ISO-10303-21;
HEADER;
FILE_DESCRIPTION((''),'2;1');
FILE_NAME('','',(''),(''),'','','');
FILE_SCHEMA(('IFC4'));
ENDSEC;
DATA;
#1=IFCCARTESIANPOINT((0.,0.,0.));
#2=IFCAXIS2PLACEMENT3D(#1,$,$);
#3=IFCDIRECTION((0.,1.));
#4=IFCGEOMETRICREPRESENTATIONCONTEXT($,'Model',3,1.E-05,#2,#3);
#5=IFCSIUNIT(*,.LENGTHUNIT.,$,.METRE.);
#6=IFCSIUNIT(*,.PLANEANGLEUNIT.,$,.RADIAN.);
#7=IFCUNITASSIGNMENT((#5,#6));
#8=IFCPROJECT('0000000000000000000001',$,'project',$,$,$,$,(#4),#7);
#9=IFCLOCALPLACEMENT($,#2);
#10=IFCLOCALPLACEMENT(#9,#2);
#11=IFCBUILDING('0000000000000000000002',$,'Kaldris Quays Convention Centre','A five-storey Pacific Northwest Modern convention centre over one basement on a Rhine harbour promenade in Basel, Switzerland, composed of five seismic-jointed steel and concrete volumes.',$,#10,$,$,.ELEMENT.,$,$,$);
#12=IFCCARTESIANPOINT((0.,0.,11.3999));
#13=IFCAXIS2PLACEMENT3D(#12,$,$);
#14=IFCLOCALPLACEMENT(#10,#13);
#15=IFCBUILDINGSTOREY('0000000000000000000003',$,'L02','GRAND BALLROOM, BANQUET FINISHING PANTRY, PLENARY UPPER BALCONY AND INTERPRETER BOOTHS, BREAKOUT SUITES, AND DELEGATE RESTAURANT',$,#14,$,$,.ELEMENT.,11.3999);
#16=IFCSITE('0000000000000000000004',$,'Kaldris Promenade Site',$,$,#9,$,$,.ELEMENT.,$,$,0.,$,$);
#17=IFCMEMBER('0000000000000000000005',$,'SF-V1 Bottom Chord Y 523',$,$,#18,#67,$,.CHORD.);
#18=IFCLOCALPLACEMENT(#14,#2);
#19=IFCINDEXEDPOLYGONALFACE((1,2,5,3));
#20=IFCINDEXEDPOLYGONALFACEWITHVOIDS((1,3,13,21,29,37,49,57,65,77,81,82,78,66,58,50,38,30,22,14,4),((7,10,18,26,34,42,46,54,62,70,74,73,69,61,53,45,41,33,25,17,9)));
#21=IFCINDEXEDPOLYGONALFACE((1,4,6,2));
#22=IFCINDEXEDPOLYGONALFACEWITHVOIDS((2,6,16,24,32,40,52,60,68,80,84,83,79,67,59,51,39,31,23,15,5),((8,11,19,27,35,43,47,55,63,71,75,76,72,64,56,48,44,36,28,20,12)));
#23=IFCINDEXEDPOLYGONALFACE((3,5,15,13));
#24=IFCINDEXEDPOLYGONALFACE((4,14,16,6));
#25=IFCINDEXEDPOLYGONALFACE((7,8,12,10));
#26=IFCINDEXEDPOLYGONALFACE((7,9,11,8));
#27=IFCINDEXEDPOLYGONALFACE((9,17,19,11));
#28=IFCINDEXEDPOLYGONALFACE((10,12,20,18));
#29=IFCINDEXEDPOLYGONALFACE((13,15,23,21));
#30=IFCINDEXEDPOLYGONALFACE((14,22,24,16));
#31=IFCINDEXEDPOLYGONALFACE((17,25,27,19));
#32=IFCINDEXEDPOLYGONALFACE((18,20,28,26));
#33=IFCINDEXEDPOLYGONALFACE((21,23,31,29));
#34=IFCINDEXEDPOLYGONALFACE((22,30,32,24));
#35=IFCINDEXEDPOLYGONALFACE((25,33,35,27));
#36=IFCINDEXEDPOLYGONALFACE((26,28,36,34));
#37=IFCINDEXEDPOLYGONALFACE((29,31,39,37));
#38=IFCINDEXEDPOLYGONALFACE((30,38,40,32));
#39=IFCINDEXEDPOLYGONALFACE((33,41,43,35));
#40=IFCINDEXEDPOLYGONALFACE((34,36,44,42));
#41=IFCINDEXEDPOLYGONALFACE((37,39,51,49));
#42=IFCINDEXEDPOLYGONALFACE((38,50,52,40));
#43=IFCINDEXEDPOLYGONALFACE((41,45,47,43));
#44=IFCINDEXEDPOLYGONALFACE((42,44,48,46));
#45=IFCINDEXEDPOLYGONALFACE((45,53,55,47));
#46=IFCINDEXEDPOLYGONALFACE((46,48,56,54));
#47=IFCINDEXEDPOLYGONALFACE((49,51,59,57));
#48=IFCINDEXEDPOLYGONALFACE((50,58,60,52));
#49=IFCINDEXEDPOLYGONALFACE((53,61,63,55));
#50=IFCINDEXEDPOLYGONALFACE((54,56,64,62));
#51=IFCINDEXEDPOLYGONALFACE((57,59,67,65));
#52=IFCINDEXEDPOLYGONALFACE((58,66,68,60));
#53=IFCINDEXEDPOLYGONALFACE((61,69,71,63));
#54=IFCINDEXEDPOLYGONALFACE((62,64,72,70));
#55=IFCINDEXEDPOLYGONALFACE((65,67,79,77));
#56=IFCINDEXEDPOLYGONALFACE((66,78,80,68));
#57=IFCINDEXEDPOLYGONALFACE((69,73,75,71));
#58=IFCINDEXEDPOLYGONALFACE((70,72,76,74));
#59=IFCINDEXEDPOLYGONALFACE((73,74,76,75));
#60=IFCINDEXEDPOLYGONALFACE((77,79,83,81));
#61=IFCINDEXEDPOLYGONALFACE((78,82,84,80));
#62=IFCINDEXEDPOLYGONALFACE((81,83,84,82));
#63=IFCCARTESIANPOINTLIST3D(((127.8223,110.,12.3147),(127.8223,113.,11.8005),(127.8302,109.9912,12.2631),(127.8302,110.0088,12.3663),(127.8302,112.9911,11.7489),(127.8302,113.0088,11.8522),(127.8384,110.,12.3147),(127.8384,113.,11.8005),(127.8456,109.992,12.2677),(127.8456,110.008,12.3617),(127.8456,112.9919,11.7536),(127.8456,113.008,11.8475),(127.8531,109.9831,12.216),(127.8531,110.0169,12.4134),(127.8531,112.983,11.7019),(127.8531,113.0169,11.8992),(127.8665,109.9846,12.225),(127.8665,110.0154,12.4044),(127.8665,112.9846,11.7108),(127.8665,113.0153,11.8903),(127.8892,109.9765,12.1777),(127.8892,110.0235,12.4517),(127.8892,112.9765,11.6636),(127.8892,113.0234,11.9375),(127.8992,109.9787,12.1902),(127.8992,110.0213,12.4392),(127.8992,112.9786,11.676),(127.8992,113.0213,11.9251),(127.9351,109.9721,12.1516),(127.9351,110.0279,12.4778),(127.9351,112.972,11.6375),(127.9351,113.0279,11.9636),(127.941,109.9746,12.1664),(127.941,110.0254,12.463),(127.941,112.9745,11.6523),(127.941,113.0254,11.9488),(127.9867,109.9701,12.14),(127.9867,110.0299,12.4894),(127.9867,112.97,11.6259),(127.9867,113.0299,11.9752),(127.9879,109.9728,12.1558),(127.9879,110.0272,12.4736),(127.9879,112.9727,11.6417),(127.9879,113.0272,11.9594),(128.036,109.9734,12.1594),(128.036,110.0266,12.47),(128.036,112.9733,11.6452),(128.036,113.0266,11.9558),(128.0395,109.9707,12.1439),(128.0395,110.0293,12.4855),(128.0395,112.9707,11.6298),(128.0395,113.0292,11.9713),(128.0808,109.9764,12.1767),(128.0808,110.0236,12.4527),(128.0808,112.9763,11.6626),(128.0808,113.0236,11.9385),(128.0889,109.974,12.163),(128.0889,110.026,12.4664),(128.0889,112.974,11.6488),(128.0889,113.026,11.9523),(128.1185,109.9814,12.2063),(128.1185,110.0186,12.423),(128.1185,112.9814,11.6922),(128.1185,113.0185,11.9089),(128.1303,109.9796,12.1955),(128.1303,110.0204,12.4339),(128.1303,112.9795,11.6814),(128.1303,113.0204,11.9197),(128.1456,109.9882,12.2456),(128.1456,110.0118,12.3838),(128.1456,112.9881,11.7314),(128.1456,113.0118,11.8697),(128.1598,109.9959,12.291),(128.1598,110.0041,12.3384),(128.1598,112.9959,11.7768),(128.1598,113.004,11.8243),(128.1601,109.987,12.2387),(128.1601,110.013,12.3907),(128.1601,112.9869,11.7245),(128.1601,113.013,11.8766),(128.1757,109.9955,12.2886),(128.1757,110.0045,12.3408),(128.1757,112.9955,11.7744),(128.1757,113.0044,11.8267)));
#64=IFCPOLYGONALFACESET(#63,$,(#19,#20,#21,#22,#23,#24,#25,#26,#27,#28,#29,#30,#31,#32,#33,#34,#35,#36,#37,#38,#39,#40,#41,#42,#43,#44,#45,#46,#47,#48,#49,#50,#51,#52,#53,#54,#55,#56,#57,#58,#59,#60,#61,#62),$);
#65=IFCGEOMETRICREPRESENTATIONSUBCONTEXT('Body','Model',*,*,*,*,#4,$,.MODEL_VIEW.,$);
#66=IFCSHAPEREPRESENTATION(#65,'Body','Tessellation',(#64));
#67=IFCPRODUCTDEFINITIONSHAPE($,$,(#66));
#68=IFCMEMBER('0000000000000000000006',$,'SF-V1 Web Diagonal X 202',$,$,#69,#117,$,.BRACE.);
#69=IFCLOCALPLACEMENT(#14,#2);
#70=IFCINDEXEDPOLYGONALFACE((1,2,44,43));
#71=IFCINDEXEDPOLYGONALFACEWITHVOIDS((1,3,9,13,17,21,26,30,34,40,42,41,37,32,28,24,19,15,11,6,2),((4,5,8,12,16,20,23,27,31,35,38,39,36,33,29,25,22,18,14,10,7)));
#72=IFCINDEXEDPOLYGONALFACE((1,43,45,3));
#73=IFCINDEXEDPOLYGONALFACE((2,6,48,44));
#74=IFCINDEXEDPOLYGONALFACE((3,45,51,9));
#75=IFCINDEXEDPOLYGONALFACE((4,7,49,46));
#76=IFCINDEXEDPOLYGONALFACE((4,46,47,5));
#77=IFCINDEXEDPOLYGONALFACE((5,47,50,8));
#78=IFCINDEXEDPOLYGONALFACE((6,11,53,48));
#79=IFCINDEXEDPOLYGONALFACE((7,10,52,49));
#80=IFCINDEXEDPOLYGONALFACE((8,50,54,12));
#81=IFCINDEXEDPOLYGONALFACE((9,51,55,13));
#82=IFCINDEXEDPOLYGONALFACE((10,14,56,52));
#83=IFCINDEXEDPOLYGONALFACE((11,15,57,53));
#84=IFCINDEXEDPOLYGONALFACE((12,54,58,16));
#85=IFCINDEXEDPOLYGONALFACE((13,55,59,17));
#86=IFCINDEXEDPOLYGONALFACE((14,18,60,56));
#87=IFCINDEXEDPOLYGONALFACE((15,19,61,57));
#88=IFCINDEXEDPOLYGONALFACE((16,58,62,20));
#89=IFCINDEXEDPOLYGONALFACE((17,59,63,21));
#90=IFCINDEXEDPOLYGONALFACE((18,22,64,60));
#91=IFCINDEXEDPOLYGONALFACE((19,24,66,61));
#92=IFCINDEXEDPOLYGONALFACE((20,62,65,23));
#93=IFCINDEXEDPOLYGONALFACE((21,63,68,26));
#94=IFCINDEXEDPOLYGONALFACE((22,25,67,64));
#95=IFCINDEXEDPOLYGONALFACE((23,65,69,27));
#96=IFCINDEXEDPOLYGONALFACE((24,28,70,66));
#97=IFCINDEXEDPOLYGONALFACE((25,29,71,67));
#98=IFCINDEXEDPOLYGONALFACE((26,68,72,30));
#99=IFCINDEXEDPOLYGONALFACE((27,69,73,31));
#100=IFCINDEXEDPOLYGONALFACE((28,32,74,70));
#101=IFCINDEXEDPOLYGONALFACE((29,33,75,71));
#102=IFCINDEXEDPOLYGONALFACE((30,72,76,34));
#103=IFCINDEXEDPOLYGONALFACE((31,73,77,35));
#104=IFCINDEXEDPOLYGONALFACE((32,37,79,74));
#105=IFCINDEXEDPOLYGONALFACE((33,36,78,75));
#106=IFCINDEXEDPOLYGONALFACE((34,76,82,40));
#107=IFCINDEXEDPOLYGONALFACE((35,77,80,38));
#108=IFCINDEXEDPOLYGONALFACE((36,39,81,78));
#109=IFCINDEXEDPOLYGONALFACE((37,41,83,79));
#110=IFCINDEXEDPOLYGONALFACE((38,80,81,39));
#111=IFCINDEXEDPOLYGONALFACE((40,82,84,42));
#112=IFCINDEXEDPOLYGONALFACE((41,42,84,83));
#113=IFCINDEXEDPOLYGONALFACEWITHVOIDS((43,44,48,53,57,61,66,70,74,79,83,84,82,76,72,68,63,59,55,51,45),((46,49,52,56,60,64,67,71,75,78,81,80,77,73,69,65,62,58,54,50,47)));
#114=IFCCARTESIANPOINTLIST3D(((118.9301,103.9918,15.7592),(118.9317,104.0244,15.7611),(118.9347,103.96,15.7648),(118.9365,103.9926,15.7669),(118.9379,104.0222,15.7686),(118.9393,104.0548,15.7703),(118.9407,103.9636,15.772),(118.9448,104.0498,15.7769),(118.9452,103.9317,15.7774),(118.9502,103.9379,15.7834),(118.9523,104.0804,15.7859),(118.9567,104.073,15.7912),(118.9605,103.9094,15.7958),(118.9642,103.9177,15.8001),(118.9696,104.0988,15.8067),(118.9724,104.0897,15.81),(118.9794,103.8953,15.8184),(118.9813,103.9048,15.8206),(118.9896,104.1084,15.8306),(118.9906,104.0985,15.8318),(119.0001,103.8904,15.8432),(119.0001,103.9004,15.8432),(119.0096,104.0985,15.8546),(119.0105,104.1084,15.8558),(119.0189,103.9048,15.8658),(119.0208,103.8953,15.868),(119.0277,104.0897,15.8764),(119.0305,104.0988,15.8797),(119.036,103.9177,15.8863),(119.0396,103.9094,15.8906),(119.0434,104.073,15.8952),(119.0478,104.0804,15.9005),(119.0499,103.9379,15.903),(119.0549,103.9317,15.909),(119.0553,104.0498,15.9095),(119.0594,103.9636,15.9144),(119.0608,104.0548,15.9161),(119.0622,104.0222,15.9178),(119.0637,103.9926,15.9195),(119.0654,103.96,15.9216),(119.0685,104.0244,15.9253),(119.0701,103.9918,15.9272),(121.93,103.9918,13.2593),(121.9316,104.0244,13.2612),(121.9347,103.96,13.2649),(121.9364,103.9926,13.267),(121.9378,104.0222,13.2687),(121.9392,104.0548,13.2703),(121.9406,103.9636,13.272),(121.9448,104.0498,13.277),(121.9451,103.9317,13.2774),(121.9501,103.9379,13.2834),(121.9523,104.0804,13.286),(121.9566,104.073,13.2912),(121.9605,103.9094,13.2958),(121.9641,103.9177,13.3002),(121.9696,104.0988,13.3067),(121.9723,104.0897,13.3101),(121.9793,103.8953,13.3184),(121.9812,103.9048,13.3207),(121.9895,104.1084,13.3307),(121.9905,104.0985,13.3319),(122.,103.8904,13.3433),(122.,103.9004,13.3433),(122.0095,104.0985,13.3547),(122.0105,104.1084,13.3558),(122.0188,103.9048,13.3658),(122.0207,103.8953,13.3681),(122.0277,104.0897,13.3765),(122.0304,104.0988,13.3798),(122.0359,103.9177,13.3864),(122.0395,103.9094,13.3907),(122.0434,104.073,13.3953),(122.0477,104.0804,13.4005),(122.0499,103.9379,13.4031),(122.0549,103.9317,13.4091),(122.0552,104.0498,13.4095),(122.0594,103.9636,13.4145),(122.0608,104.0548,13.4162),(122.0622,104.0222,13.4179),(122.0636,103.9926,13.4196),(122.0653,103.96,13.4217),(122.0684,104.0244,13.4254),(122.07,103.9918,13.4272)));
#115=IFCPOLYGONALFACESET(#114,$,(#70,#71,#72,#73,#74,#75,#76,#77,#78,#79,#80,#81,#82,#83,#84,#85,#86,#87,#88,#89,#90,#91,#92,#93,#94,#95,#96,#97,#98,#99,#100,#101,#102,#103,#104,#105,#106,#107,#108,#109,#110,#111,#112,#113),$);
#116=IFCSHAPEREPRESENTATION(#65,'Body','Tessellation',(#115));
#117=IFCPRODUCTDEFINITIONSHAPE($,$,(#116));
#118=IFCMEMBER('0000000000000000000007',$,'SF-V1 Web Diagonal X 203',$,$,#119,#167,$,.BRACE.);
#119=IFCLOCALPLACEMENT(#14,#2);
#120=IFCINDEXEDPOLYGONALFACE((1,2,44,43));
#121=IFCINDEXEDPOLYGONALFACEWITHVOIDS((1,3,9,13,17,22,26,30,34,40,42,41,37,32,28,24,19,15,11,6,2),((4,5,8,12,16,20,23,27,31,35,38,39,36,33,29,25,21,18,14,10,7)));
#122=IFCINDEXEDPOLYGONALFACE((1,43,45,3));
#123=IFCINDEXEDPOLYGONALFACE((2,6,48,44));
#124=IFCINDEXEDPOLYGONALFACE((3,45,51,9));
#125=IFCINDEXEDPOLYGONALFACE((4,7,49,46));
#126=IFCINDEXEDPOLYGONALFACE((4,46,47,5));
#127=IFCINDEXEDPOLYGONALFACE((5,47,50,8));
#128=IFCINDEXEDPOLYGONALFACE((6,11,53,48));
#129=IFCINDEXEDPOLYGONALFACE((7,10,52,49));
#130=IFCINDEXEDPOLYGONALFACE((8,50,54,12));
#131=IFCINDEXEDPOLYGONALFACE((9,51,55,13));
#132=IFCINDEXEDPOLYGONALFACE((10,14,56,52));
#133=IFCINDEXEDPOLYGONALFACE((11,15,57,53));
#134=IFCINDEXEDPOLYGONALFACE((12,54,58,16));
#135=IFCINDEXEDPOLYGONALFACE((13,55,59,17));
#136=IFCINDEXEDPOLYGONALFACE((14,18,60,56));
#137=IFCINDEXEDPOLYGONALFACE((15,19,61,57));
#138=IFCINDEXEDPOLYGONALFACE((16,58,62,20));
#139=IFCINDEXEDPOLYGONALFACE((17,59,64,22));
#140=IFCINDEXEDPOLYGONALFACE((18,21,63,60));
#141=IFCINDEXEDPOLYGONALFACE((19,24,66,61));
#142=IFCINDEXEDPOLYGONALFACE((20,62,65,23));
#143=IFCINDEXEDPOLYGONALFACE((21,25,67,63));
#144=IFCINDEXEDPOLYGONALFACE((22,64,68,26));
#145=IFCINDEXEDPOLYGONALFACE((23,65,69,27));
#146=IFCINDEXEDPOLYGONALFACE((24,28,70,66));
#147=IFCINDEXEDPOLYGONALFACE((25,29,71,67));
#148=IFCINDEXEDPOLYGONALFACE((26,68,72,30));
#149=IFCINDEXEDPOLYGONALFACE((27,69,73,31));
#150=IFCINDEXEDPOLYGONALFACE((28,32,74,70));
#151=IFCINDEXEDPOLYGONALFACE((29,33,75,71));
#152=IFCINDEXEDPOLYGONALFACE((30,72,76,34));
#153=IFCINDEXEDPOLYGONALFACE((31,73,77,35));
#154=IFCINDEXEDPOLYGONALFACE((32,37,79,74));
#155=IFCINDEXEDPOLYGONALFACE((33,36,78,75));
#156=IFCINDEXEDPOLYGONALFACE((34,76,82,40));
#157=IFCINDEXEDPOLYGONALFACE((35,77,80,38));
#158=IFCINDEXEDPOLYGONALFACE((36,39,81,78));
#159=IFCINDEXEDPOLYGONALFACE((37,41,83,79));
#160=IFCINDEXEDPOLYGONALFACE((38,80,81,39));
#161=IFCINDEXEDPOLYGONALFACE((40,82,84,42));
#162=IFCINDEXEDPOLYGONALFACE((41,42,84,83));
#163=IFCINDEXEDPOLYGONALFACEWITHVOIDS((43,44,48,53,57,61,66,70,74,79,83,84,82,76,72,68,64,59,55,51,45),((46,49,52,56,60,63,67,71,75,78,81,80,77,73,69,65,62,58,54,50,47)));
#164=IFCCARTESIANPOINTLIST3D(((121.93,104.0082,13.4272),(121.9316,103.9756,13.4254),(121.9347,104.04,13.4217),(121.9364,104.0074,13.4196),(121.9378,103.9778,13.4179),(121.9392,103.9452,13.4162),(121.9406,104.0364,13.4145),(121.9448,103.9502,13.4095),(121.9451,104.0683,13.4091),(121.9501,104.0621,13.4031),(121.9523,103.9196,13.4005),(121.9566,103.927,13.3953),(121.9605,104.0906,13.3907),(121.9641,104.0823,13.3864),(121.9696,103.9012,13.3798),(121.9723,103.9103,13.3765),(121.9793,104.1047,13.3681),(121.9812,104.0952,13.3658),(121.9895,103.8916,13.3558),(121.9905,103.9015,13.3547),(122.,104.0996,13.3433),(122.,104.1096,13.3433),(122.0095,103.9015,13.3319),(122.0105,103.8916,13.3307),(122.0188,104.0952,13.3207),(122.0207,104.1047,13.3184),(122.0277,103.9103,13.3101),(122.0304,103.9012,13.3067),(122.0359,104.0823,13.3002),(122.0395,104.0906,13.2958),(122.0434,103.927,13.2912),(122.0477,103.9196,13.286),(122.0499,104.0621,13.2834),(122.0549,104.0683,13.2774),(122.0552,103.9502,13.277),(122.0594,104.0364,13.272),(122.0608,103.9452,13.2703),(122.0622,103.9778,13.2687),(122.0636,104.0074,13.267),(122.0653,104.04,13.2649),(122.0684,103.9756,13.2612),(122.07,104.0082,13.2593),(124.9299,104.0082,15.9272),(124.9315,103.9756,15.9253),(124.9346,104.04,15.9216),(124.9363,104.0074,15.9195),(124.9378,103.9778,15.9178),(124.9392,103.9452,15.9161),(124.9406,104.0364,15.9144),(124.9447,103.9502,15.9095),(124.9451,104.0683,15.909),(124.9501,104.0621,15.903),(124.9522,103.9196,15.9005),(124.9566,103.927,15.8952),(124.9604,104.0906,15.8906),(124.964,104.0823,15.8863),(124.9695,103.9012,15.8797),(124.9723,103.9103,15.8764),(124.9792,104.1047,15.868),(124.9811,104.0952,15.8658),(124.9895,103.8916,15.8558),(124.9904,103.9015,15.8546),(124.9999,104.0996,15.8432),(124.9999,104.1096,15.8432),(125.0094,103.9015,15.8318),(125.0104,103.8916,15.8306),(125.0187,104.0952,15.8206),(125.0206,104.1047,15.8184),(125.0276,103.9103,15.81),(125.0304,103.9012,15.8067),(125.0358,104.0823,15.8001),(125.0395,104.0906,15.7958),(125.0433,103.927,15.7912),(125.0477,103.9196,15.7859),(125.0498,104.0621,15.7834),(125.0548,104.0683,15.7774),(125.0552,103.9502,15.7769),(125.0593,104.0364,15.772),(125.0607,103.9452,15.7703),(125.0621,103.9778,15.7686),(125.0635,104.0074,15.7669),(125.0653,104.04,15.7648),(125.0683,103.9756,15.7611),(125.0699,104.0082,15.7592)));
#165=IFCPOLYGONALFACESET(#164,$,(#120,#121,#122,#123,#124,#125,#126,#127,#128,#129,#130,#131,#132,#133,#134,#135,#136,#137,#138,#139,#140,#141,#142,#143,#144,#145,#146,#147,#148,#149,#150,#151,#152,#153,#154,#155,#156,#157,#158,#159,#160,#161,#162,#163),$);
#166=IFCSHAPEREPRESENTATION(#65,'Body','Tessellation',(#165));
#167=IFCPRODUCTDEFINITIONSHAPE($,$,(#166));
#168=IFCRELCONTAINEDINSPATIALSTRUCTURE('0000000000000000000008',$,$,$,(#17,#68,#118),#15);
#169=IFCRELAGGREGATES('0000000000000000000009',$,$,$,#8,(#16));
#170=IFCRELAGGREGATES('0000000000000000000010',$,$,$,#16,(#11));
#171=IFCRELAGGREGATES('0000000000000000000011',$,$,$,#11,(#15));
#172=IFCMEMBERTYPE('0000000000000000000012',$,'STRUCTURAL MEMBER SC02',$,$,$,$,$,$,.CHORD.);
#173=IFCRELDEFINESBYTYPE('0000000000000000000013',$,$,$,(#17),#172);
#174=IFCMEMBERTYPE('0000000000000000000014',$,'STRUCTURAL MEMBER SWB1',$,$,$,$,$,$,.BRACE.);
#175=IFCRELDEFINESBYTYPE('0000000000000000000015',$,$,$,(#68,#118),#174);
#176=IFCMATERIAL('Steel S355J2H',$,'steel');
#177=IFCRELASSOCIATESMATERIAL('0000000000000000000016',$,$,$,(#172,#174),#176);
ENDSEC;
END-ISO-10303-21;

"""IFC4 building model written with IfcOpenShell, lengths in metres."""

from ifc_helpers import new_model, si_unit, direction, frame, origin, origin_2d, place, context, subcontext, project, spatial, hollow_circle, extrude, material, material_profile, profile_set, type_object, element, save


model = new_model("IFC4")

# Units and contexts
model_context = context("Model", 3, precision=1e-05, world=origin(), true_north=direction((0.0, 1.0)))
body_context = subcontext(model_context, "Body", "Model", "MODEL_VIEW")
ifc_project = project(units=[si_unit("LENGTHUNIT", "METRE"), si_unit("PLANEANGLEUNIT", "RADIAN")], contexts=[model_context])

# Site, building, storey
site_placement = place(None, origin())
site = spatial("IfcSite", under=ifc_project, at=site_placement, Name="Kaldris Promenade Site", CompositionType="ELEMENT", RefElevation=0.0)
building_placement = place(site_placement, origin())
building = spatial("IfcBuilding", under=site, at=building_placement, Name="Kaldris Quays Convention Centre", Description="A five-storey Pacific Northwest Modern convention centre over one basement on a Rhine harbour promenade in Basel, Switzerland, composed of five seismic-jointed steel and concrete volumes.", CompositionType="ELEMENT")
storey_placement = place(building_placement, frame((0.0, 0.0, 11.3999)))
storey = spatial("IfcBuildingStorey", under=building, at=storey_placement, Name="L02", Description="GRAND BALLROOM, BANQUET FINISHING PANTRY, PLENARY UPPER BALCONY AND INTERPRETER BOOTHS, BREAKOUT SUITES, AND DELEGATE RESTAURANT", CompositionType="ELEMENT", Elevation=11.3999)

# Members
ifc_material_1 = material(Name="Steel S355J2H", Category="steel")
ifc_material_profile_1 = material_profile(ifc_material_1, hollow_circle(Radius=0.1777, WallThickness=0.0161, at=origin_2d()), Name="CHS 355.6x16")
ifc_profile_set_1 = profile_set([ifc_material_profile_1], Name="Steel S355J2H")
member_type_1 = type_object("IfcMemberType", Name="STRUCTURAL MEMBER SC02", PredefinedType="CHORD", material=ifc_profile_set_1)
for number, where, z_axis, x_axis, name in (
    (1, (128.0, 110.0, 12.3147), (0.0, 0.985629, -0.168924), (-1.0, 0.0, 0.0), "SF-V1 Bottom Chord Y 523"),
):
    element("IfcMember", number, at=place(storey_placement, frame(where, z_axis=z_axis, x_axis=x_axis)), inside=storey, type_object=member_type_1, Name=name, PredefinedType="CHORD", context=body_context, shape_type="SweptSolid", body=[
        extrude(hollow_circle(Radius=0.1777, WallThickness=0.0161, at=origin_2d()), origin(), (0.0, 0.0, 1.0), 3.0437),
    ])
ifc_material_profile_2 = material_profile(ifc_material_1, hollow_circle(Radius=0.1096, WallThickness=0.01, at=origin_2d()), Name="CHS 219.1x10")
ifc_profile_set_2 = profile_set([ifc_material_profile_2], Name="Steel S355J2H")
member_type_2 = type_object("IfcMemberType", Name="STRUCTURAL MEMBER SWB1", PredefinedType="BRACE", material=ifc_profile_set_2)
for number, where, z_axis, x_axis, name in (
    (2, (122.0, 104.0, 13.3433), (-0.768221, 0.0, 0.640184), (0.0, -1.0, 0.0), "SF-V1 Web Diagonal X 202"),
    (3, (122.0, 104.0, 13.3433), (0.768221, 0.0, 0.640184), (0.0, 1.0, 0.0), "SF-V1 Web Diagonal X 203"),
):
    element("IfcMember", number, at=place(storey_placement, frame(where, z_axis=z_axis, x_axis=x_axis)), inside=storey, type_object=member_type_2, Name=name, PredefinedType="BRACE", context=body_context, shape_type="SweptSolid", body=[
        extrude(hollow_circle(Radius=0.1096, WallThickness=0.01, at=origin_2d()), origin(), (0.0, 0.0, 1.0), 3.905),
    ])

save(model, "model.ifc")
